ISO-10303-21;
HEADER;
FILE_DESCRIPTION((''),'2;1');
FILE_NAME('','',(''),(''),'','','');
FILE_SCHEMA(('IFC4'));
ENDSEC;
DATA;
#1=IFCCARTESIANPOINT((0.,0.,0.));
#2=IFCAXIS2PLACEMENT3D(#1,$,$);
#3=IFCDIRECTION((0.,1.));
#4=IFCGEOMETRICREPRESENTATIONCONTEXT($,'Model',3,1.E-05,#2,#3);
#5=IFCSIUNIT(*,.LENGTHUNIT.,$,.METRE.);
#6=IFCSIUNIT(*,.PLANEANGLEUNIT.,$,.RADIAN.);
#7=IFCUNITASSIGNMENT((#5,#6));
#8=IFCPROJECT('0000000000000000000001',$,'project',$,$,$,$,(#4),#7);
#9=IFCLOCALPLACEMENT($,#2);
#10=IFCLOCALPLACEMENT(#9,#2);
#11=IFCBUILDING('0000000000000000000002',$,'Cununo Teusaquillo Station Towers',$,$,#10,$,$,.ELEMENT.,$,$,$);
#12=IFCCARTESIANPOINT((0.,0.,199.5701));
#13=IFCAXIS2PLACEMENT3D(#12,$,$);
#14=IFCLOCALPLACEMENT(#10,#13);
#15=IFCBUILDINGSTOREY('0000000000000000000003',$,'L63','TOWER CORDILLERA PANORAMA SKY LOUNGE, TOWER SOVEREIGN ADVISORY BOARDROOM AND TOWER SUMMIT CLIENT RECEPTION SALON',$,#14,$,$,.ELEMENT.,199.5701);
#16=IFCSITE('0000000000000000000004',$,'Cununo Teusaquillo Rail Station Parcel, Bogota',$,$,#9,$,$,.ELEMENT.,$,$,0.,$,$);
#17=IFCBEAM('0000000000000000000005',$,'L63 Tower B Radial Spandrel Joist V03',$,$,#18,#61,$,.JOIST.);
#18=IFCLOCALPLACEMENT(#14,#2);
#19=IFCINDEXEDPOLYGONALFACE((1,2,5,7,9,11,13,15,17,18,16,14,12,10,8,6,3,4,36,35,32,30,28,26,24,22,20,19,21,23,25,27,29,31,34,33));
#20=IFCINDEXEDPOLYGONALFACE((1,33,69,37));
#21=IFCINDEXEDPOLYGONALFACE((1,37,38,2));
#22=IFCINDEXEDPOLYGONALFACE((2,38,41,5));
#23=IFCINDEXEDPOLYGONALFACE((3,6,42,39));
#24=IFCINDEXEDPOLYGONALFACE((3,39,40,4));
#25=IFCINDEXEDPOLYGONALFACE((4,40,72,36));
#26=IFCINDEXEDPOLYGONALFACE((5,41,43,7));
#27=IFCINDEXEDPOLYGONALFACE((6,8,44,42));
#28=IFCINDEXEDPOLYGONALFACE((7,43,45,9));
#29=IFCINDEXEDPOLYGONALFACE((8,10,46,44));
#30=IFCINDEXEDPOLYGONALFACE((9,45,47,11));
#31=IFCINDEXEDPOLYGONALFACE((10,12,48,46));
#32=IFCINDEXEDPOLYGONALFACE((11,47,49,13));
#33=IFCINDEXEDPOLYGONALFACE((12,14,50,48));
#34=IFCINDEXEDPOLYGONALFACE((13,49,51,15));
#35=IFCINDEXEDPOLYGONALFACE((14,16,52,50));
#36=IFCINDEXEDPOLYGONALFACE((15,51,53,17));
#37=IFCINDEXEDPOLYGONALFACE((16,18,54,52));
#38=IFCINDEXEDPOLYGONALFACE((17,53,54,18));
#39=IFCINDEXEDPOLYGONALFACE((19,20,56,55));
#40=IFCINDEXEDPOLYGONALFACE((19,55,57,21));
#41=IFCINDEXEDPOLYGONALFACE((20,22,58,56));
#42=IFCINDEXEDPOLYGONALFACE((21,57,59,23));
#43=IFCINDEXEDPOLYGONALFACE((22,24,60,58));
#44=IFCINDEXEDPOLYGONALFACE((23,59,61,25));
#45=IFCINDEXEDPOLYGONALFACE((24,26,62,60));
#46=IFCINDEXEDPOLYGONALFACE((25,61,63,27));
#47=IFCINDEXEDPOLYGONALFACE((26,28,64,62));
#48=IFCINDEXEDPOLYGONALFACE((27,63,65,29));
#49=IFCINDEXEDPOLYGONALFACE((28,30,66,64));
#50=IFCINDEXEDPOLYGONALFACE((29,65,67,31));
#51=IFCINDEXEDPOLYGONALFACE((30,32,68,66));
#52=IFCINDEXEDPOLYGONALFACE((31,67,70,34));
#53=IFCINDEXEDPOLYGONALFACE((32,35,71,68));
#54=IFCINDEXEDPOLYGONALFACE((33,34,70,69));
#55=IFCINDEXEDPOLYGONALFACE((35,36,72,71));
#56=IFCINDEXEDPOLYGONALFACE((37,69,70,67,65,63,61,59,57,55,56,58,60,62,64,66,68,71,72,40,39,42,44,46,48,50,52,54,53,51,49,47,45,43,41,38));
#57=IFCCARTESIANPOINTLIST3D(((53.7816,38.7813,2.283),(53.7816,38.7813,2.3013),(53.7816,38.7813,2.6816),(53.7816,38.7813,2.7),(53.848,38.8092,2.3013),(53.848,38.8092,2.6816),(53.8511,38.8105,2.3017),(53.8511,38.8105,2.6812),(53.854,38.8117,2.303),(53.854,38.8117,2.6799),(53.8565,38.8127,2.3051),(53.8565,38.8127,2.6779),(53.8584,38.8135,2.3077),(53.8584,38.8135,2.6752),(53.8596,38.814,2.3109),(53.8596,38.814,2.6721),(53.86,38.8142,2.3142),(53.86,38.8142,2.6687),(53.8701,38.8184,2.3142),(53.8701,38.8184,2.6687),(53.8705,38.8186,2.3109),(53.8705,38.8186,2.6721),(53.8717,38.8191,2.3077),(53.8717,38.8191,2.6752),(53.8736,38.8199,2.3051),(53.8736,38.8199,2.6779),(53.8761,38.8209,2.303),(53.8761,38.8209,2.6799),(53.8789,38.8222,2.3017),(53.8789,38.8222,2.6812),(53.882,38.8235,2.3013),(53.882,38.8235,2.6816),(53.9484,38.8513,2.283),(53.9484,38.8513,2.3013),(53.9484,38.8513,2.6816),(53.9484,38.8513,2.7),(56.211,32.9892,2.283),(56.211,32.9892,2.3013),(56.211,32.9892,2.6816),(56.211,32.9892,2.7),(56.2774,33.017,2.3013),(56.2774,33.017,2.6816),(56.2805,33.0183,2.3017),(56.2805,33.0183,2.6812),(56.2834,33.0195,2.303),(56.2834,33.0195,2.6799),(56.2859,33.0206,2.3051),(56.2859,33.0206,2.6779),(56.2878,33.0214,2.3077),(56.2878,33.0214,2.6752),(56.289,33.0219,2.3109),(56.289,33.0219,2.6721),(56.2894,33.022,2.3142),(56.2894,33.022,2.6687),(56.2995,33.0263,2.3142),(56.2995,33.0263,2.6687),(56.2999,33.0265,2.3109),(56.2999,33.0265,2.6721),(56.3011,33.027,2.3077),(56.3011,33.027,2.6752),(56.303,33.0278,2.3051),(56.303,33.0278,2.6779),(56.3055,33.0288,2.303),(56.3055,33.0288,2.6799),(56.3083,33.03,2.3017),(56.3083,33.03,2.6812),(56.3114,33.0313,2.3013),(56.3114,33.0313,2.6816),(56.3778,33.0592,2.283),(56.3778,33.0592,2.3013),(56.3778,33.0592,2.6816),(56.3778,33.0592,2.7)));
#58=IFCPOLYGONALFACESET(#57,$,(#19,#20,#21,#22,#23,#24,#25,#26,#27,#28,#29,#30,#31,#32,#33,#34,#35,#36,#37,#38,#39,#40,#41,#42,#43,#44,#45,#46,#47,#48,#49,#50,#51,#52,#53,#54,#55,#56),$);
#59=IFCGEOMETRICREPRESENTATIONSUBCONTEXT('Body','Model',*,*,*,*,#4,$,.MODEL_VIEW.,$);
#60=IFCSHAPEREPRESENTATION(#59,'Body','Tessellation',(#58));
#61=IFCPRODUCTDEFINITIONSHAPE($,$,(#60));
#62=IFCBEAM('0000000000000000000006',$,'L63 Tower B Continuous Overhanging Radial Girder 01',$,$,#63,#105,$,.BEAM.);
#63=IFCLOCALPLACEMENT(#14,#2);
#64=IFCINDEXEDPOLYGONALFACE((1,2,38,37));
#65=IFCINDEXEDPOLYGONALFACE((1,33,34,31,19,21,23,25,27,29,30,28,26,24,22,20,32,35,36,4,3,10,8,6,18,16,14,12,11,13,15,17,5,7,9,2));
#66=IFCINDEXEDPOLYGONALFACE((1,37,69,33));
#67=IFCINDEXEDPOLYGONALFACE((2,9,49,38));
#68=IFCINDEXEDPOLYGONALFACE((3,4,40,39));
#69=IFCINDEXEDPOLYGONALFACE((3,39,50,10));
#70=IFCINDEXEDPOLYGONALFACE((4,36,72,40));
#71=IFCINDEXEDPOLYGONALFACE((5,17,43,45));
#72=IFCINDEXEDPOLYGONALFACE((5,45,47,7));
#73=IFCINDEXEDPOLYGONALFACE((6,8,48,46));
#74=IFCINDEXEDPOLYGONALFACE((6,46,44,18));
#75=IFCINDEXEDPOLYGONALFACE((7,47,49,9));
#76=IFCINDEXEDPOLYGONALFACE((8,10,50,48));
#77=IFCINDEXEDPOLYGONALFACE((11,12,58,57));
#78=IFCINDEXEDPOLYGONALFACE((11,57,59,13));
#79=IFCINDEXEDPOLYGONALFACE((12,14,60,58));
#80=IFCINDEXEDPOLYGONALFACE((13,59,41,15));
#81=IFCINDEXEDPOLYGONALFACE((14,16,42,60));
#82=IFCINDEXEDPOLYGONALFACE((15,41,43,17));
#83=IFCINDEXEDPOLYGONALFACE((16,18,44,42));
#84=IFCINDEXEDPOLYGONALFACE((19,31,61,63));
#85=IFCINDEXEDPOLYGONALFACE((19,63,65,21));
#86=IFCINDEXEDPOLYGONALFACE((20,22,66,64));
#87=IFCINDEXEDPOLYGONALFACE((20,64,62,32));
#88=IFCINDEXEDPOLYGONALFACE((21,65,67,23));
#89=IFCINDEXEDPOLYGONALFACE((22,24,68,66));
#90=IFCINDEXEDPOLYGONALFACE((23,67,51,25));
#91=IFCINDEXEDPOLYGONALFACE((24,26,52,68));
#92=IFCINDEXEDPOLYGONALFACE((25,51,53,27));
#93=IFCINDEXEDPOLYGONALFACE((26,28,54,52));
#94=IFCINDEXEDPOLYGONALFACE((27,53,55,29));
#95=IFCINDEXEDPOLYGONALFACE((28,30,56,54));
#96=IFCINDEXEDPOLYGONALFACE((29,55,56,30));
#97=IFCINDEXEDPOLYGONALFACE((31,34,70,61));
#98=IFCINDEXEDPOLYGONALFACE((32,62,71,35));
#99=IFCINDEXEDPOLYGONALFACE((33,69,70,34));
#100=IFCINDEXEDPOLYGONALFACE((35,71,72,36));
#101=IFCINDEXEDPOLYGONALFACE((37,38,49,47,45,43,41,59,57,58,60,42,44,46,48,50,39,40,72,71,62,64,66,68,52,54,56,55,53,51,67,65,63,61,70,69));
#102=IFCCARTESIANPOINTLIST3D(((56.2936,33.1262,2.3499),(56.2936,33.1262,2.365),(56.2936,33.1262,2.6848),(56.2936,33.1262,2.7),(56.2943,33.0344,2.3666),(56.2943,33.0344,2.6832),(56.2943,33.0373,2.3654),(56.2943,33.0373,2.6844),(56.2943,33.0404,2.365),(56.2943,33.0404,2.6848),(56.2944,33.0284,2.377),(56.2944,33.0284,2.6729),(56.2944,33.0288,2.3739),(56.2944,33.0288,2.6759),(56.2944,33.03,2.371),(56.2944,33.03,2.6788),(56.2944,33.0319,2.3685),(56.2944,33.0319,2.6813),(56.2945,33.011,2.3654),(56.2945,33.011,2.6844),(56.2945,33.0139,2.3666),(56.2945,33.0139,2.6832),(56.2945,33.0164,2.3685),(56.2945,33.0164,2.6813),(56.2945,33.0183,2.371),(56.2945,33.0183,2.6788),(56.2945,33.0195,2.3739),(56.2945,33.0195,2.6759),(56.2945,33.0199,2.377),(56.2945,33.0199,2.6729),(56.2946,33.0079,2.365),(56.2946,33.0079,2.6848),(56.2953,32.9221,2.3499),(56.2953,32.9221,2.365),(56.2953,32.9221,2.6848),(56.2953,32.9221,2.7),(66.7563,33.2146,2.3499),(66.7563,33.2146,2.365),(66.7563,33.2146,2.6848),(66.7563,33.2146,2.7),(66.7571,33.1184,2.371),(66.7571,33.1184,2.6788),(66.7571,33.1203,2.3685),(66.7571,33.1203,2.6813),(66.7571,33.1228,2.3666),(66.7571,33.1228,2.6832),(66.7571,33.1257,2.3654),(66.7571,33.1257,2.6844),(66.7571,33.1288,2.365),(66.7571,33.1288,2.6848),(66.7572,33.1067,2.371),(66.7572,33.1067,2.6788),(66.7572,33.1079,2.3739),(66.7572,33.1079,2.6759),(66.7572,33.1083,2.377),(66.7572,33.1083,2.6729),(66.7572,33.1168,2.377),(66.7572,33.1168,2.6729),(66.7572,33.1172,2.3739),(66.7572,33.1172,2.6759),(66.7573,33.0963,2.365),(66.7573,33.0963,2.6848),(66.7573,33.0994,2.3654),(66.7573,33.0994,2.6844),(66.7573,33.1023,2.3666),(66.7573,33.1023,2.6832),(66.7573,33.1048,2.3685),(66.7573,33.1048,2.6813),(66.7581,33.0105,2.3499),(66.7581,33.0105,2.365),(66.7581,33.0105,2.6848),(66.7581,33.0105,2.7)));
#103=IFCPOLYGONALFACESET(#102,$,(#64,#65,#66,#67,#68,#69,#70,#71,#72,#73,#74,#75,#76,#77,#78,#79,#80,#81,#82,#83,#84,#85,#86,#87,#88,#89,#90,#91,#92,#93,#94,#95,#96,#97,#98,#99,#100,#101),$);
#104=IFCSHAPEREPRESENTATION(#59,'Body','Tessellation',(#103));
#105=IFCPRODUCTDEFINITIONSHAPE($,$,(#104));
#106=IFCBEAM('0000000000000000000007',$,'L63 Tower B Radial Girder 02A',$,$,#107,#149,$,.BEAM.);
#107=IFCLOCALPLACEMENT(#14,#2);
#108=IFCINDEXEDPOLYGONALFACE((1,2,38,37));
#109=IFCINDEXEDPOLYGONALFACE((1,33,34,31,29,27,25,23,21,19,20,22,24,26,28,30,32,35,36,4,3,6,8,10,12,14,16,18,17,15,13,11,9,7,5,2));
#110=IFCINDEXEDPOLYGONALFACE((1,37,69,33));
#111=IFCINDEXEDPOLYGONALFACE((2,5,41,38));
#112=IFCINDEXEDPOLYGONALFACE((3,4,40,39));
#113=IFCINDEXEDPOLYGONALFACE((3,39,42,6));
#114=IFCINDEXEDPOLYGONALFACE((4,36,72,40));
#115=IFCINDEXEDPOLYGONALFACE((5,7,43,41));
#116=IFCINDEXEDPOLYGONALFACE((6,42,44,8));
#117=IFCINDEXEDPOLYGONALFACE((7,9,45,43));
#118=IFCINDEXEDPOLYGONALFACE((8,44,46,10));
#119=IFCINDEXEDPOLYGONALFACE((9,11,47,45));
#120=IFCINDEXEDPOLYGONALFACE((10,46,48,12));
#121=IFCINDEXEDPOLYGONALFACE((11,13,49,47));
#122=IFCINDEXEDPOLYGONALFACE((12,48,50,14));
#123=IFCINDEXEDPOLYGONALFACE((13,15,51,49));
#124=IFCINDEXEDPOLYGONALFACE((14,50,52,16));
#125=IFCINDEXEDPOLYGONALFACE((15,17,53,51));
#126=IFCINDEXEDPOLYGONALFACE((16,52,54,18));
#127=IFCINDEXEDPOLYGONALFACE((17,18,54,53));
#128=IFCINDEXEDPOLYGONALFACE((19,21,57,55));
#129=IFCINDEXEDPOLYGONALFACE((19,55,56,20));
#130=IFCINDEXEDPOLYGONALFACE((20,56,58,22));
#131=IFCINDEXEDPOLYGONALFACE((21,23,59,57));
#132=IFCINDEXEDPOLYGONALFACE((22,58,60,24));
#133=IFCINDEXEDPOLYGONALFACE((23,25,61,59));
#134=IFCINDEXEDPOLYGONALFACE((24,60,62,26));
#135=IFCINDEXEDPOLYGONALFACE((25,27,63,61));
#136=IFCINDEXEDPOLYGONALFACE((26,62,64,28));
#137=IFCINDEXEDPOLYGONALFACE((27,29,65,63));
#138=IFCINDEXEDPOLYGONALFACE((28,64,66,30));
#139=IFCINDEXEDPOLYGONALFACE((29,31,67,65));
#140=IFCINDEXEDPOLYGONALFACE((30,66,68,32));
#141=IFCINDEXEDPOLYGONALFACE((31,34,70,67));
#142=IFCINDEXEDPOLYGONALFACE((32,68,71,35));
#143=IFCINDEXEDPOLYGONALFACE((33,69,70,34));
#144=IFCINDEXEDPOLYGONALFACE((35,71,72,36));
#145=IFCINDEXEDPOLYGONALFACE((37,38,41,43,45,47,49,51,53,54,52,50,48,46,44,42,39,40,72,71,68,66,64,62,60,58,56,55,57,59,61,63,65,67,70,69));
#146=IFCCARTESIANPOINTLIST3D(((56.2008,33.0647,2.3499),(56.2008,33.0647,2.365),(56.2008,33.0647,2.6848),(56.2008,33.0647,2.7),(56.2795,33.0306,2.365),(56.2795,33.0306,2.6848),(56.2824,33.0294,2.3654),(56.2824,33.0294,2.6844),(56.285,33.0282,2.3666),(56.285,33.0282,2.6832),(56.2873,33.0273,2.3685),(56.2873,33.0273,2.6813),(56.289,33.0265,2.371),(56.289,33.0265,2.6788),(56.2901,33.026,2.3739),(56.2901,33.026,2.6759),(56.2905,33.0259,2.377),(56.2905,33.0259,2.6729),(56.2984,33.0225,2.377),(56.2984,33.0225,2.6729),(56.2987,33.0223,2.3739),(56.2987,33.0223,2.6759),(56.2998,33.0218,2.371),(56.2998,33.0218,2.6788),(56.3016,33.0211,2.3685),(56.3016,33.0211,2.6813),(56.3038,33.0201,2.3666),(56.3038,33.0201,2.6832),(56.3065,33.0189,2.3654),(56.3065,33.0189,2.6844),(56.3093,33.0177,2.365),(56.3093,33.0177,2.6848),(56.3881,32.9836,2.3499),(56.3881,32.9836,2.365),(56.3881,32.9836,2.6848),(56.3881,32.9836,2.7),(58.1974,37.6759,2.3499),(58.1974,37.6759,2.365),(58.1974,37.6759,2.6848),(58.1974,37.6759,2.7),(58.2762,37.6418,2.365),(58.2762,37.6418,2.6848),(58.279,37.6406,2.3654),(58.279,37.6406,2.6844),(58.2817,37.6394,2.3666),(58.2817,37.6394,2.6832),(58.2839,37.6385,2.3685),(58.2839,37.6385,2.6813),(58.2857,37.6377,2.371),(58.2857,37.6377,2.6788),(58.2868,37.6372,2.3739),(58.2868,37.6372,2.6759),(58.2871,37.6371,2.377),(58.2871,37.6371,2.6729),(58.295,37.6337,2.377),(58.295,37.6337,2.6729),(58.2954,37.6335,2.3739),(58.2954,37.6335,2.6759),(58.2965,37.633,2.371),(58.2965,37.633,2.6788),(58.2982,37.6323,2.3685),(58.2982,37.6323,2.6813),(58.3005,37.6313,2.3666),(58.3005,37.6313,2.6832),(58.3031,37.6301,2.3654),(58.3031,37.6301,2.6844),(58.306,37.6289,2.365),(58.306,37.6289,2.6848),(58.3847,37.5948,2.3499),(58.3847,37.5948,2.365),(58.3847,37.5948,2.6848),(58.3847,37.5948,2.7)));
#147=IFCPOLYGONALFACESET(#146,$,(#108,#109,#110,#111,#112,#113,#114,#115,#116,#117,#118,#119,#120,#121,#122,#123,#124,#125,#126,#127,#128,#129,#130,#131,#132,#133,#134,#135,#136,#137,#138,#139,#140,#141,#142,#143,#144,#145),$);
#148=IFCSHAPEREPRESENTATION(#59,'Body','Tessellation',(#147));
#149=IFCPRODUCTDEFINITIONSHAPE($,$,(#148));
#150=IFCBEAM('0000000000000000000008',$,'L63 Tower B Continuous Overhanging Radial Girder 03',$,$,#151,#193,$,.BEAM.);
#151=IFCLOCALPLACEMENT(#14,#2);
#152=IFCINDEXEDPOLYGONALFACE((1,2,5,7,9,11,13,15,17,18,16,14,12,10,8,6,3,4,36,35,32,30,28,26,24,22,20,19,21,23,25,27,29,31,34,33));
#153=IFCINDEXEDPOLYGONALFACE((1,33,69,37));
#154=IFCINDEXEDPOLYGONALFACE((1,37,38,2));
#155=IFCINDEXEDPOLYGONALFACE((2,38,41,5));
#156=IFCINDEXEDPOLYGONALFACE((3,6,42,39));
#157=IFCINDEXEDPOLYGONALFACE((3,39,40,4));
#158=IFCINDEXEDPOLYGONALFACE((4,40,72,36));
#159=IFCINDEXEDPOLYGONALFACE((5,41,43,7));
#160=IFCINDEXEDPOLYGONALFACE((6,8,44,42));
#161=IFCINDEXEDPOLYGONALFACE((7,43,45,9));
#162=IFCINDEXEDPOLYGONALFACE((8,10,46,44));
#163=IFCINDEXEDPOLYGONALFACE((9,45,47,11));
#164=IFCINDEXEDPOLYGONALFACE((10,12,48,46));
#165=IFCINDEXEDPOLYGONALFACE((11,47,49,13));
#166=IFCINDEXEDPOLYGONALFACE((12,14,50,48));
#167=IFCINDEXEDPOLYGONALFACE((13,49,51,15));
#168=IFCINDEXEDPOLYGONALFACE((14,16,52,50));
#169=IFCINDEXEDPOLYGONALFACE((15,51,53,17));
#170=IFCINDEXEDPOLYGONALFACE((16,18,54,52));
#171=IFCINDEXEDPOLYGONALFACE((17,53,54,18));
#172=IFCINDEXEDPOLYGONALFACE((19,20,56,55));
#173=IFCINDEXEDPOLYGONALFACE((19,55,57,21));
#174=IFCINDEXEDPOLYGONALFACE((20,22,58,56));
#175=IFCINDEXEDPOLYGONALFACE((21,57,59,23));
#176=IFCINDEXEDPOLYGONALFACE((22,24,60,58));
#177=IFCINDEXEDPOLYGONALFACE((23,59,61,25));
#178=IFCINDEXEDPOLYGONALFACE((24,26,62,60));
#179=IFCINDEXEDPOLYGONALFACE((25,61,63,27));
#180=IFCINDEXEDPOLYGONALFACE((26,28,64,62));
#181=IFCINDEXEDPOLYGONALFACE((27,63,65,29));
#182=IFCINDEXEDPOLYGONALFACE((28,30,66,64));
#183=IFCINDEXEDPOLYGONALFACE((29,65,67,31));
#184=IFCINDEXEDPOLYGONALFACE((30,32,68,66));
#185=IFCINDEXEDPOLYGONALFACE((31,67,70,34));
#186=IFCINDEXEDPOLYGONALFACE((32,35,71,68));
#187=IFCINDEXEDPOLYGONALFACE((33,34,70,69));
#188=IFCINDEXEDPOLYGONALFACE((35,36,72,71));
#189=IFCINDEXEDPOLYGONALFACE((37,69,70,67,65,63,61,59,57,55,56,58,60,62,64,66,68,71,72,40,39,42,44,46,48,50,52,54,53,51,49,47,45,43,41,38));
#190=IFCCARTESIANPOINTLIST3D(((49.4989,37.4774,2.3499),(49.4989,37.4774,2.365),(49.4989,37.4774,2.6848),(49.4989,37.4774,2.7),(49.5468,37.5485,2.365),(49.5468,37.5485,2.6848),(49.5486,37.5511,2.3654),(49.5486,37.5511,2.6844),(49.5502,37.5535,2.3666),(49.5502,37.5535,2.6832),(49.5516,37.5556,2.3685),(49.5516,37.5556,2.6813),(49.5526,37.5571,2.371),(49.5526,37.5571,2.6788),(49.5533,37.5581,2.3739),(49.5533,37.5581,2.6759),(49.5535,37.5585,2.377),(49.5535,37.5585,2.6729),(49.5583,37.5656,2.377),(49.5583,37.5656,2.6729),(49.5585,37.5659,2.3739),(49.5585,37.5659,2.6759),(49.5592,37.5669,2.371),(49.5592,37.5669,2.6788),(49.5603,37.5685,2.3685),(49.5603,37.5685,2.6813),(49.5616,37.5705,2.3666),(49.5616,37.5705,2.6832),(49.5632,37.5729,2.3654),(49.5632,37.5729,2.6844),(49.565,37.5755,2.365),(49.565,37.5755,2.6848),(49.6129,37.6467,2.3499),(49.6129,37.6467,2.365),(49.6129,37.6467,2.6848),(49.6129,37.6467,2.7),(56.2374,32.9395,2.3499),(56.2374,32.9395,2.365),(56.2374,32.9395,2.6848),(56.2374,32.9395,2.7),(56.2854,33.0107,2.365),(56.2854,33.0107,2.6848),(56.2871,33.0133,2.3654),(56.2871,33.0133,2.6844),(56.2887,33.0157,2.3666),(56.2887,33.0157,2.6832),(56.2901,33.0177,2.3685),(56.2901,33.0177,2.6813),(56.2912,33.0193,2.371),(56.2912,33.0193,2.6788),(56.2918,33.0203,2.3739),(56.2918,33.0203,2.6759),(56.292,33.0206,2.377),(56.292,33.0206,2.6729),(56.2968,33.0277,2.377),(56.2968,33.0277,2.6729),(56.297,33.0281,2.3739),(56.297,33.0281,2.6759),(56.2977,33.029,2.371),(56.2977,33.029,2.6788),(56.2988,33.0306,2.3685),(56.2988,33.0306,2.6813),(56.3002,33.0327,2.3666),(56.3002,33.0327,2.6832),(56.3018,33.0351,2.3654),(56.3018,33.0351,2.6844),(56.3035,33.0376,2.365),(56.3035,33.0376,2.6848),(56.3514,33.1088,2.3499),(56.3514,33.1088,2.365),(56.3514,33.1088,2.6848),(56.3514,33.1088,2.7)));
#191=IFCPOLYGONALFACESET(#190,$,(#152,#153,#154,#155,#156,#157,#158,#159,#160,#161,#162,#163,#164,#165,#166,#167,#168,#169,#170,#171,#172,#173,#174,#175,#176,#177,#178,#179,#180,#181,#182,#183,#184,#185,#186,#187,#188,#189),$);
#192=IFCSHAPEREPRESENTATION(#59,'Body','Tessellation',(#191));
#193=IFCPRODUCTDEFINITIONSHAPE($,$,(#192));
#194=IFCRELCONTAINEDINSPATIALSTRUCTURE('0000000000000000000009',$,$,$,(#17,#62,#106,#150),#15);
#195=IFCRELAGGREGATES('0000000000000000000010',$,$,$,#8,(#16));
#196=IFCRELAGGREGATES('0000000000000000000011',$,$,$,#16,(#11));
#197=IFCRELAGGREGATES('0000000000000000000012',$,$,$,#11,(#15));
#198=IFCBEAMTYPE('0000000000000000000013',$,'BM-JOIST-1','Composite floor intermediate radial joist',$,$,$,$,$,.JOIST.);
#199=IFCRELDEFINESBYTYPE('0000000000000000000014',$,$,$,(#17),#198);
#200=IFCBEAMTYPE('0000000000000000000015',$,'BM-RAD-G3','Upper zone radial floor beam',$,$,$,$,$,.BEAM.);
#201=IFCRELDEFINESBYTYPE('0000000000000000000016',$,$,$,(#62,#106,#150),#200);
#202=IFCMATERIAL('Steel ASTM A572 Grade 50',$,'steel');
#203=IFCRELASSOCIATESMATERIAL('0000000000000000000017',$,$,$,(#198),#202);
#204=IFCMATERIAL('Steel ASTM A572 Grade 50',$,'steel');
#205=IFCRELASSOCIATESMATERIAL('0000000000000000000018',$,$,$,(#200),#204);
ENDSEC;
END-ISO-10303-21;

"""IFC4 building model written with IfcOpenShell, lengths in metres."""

from ifc_helpers import new_model, si_unit, direction, frame, origin, origin_2d, place, context, subcontext, project, spatial, i_section, extrude, material, material_profile, profile_set, type_object, element, save


model = new_model("IFC4")

# Units and contexts
model_context = context("Model", 3, precision=1e-05, world=origin(), true_north=direction((0.0, 1.0)))
body_context = subcontext(model_context, "Body", "Model", "MODEL_VIEW")
ifc_project = project(units=[si_unit("LENGTHUNIT", "METRE"), si_unit("PLANEANGLEUNIT", "RADIAN")], contexts=[model_context])

# Site, building, storey
site_placement = place(None, origin())
site = spatial("IfcSite", under=ifc_project, at=site_placement, Name="Cununo Teusaquillo Rail Station Parcel, Bogota", CompositionType="ELEMENT", RefElevation=0.0)
building_placement = place(site_placement, origin())
building = spatial("IfcBuilding", under=site, at=building_placement, Name="Cununo Teusaquillo Station Towers", CompositionType="ELEMENT")
storey_placement = place(building_placement, frame((0.0, 0.0, 199.5701)))
storey = spatial("IfcBuildingStorey", under=building, at=storey_placement, Name="L63", Description="TOWER CORDILLERA PANORAMA SKY LOUNGE, TOWER SOVEREIGN ADVISORY BOARDROOM AND TOWER SUMMIT CLIENT RECEPTION SALON", CompositionType="ELEMENT", Elevation=199.5701)

# Beams
ifc_material_1 = material(Name="Steel ASTM A572 Grade 50", Category="steel")
ifc_material_profile_1 = material_profile(ifc_material_1, i_section(OverallWidth=0.1809, OverallDepth=0.417, WebThickness=0.011, FlangeThickness=0.0183, FilletRadius=0.0129, at=origin_2d()), Name="W16X57")
ifc_profile_set_1 = profile_set([ifc_material_profile_1], Name="Steel ASTM A572 Grade 50")
beam_type_1 = type_object("IfcBeamType", Name="BM-JOIST-1", Description="Composite floor intermediate radial joist", PredefinedType="JOIST", material=ifc_profile_set_1)
beam_1_placement = place(storey_placement, frame((56.2944, 33.0242, 2.4915), z_axis=(-0.386786, 0.922169, 0.0), x_axis=(-0.922169, -0.386786, 0.0)))
element("IfcBeam", 1, at=beam_1_placement, inside=storey, type_object=beam_type_1, Name="L63 Tower B Radial Spandrel Joist V03", PredefinedType="JOIST", context=body_context, shape_type="SweptSolid", body=[
    extrude(i_section(OverallWidth=0.1809, OverallDepth=0.417, WebThickness=0.011, FlangeThickness=0.0183, FilletRadius=0.0129, at=origin_2d()), origin(), (0.0, 0.0, 1.0), 6.281),
])
ifc_material_2 = material(Name="Steel ASTM A572 Grade 50", Category="steel")
ifc_material_profile_2 = material_profile(ifc_material_2, i_section(OverallWidth=0.2041, OverallDepth=0.3501, WebThickness=0.0085, FlangeThickness=0.0151, FilletRadius=0.012, at=origin_2d()), Name="W14X48")
ifc_profile_set_2 = profile_set([ifc_material_profile_2], Name="Steel ASTM A572 Grade 50")
beam_type_2 = type_object("IfcBeamType", Name="BM-RAD-G3", Description="Upper zone radial floor beam", PredefinedType="BEAM", material=ifc_profile_set_2)
beam_2_placement = place(storey_placement, frame((56.2944, 33.0242, 2.5249), z_axis=(0.999964, 0.008447, 0.0), x_axis=(-0.008447, 0.999964, 0.0)))
element("IfcBeam", 2, at=beam_2_placement, inside=storey, type_object=beam_type_2, Name="L63 Tower B Continuous Overhanging Radial Girder 01", PredefinedType="BEAM", context=body_context, shape_type="SweptSolid", body=[
    extrude(i_section(OverallWidth=0.2041, OverallDepth=0.3501, WebThickness=0.0085, FlangeThickness=0.0151, FilletRadius=0.012, at=origin_2d()), origin(), (0.0, 0.0, 1.0), 10.4631),
])
beam_3_placement = place(storey_placement, frame((56.2944, 33.0242, 2.5249), z_axis=(0.397347, 0.917668, 0.0), x_axis=(-0.917668, 0.397347, 0.0)))
element("IfcBeam", 3, at=beam_3_placement, inside=storey, type_object=beam_type_2, Name="L63 Tower B Radial Girder 02A", PredefinedType="BEAM", context=body_context, shape_type="SweptSolid", body=[
    extrude(i_section(OverallWidth=0.2041, OverallDepth=0.3501, WebThickness=0.0085, FlangeThickness=0.0151, FilletRadius=0.012, at=origin_2d()), origin(), (0.0, 0.0, 1.0), 5.0249),
])
beam_4_placement = place(storey_placement, frame((56.2944, 33.0242, 2.5249), z_axis=(-0.829457, 0.558571, 0.0), x_axis=(-0.558571, -0.829457, 0.0)))
element("IfcBeam", 4, at=beam_4_placement, inside=storey, type_object=beam_type_2, Name="L63 Tower B Continuous Overhanging Radial Girder 03", PredefinedType="BEAM", context=body_context, shape_type="SweptSolid", body=[
    extrude(i_section(OverallWidth=0.2041, OverallDepth=0.3501, WebThickness=0.0085, FlangeThickness=0.0151, FilletRadius=0.012, at=origin_2d()), origin(), (0.0, 0.0, 1.0), 8.124),
])

save(model, "model.ifc")
